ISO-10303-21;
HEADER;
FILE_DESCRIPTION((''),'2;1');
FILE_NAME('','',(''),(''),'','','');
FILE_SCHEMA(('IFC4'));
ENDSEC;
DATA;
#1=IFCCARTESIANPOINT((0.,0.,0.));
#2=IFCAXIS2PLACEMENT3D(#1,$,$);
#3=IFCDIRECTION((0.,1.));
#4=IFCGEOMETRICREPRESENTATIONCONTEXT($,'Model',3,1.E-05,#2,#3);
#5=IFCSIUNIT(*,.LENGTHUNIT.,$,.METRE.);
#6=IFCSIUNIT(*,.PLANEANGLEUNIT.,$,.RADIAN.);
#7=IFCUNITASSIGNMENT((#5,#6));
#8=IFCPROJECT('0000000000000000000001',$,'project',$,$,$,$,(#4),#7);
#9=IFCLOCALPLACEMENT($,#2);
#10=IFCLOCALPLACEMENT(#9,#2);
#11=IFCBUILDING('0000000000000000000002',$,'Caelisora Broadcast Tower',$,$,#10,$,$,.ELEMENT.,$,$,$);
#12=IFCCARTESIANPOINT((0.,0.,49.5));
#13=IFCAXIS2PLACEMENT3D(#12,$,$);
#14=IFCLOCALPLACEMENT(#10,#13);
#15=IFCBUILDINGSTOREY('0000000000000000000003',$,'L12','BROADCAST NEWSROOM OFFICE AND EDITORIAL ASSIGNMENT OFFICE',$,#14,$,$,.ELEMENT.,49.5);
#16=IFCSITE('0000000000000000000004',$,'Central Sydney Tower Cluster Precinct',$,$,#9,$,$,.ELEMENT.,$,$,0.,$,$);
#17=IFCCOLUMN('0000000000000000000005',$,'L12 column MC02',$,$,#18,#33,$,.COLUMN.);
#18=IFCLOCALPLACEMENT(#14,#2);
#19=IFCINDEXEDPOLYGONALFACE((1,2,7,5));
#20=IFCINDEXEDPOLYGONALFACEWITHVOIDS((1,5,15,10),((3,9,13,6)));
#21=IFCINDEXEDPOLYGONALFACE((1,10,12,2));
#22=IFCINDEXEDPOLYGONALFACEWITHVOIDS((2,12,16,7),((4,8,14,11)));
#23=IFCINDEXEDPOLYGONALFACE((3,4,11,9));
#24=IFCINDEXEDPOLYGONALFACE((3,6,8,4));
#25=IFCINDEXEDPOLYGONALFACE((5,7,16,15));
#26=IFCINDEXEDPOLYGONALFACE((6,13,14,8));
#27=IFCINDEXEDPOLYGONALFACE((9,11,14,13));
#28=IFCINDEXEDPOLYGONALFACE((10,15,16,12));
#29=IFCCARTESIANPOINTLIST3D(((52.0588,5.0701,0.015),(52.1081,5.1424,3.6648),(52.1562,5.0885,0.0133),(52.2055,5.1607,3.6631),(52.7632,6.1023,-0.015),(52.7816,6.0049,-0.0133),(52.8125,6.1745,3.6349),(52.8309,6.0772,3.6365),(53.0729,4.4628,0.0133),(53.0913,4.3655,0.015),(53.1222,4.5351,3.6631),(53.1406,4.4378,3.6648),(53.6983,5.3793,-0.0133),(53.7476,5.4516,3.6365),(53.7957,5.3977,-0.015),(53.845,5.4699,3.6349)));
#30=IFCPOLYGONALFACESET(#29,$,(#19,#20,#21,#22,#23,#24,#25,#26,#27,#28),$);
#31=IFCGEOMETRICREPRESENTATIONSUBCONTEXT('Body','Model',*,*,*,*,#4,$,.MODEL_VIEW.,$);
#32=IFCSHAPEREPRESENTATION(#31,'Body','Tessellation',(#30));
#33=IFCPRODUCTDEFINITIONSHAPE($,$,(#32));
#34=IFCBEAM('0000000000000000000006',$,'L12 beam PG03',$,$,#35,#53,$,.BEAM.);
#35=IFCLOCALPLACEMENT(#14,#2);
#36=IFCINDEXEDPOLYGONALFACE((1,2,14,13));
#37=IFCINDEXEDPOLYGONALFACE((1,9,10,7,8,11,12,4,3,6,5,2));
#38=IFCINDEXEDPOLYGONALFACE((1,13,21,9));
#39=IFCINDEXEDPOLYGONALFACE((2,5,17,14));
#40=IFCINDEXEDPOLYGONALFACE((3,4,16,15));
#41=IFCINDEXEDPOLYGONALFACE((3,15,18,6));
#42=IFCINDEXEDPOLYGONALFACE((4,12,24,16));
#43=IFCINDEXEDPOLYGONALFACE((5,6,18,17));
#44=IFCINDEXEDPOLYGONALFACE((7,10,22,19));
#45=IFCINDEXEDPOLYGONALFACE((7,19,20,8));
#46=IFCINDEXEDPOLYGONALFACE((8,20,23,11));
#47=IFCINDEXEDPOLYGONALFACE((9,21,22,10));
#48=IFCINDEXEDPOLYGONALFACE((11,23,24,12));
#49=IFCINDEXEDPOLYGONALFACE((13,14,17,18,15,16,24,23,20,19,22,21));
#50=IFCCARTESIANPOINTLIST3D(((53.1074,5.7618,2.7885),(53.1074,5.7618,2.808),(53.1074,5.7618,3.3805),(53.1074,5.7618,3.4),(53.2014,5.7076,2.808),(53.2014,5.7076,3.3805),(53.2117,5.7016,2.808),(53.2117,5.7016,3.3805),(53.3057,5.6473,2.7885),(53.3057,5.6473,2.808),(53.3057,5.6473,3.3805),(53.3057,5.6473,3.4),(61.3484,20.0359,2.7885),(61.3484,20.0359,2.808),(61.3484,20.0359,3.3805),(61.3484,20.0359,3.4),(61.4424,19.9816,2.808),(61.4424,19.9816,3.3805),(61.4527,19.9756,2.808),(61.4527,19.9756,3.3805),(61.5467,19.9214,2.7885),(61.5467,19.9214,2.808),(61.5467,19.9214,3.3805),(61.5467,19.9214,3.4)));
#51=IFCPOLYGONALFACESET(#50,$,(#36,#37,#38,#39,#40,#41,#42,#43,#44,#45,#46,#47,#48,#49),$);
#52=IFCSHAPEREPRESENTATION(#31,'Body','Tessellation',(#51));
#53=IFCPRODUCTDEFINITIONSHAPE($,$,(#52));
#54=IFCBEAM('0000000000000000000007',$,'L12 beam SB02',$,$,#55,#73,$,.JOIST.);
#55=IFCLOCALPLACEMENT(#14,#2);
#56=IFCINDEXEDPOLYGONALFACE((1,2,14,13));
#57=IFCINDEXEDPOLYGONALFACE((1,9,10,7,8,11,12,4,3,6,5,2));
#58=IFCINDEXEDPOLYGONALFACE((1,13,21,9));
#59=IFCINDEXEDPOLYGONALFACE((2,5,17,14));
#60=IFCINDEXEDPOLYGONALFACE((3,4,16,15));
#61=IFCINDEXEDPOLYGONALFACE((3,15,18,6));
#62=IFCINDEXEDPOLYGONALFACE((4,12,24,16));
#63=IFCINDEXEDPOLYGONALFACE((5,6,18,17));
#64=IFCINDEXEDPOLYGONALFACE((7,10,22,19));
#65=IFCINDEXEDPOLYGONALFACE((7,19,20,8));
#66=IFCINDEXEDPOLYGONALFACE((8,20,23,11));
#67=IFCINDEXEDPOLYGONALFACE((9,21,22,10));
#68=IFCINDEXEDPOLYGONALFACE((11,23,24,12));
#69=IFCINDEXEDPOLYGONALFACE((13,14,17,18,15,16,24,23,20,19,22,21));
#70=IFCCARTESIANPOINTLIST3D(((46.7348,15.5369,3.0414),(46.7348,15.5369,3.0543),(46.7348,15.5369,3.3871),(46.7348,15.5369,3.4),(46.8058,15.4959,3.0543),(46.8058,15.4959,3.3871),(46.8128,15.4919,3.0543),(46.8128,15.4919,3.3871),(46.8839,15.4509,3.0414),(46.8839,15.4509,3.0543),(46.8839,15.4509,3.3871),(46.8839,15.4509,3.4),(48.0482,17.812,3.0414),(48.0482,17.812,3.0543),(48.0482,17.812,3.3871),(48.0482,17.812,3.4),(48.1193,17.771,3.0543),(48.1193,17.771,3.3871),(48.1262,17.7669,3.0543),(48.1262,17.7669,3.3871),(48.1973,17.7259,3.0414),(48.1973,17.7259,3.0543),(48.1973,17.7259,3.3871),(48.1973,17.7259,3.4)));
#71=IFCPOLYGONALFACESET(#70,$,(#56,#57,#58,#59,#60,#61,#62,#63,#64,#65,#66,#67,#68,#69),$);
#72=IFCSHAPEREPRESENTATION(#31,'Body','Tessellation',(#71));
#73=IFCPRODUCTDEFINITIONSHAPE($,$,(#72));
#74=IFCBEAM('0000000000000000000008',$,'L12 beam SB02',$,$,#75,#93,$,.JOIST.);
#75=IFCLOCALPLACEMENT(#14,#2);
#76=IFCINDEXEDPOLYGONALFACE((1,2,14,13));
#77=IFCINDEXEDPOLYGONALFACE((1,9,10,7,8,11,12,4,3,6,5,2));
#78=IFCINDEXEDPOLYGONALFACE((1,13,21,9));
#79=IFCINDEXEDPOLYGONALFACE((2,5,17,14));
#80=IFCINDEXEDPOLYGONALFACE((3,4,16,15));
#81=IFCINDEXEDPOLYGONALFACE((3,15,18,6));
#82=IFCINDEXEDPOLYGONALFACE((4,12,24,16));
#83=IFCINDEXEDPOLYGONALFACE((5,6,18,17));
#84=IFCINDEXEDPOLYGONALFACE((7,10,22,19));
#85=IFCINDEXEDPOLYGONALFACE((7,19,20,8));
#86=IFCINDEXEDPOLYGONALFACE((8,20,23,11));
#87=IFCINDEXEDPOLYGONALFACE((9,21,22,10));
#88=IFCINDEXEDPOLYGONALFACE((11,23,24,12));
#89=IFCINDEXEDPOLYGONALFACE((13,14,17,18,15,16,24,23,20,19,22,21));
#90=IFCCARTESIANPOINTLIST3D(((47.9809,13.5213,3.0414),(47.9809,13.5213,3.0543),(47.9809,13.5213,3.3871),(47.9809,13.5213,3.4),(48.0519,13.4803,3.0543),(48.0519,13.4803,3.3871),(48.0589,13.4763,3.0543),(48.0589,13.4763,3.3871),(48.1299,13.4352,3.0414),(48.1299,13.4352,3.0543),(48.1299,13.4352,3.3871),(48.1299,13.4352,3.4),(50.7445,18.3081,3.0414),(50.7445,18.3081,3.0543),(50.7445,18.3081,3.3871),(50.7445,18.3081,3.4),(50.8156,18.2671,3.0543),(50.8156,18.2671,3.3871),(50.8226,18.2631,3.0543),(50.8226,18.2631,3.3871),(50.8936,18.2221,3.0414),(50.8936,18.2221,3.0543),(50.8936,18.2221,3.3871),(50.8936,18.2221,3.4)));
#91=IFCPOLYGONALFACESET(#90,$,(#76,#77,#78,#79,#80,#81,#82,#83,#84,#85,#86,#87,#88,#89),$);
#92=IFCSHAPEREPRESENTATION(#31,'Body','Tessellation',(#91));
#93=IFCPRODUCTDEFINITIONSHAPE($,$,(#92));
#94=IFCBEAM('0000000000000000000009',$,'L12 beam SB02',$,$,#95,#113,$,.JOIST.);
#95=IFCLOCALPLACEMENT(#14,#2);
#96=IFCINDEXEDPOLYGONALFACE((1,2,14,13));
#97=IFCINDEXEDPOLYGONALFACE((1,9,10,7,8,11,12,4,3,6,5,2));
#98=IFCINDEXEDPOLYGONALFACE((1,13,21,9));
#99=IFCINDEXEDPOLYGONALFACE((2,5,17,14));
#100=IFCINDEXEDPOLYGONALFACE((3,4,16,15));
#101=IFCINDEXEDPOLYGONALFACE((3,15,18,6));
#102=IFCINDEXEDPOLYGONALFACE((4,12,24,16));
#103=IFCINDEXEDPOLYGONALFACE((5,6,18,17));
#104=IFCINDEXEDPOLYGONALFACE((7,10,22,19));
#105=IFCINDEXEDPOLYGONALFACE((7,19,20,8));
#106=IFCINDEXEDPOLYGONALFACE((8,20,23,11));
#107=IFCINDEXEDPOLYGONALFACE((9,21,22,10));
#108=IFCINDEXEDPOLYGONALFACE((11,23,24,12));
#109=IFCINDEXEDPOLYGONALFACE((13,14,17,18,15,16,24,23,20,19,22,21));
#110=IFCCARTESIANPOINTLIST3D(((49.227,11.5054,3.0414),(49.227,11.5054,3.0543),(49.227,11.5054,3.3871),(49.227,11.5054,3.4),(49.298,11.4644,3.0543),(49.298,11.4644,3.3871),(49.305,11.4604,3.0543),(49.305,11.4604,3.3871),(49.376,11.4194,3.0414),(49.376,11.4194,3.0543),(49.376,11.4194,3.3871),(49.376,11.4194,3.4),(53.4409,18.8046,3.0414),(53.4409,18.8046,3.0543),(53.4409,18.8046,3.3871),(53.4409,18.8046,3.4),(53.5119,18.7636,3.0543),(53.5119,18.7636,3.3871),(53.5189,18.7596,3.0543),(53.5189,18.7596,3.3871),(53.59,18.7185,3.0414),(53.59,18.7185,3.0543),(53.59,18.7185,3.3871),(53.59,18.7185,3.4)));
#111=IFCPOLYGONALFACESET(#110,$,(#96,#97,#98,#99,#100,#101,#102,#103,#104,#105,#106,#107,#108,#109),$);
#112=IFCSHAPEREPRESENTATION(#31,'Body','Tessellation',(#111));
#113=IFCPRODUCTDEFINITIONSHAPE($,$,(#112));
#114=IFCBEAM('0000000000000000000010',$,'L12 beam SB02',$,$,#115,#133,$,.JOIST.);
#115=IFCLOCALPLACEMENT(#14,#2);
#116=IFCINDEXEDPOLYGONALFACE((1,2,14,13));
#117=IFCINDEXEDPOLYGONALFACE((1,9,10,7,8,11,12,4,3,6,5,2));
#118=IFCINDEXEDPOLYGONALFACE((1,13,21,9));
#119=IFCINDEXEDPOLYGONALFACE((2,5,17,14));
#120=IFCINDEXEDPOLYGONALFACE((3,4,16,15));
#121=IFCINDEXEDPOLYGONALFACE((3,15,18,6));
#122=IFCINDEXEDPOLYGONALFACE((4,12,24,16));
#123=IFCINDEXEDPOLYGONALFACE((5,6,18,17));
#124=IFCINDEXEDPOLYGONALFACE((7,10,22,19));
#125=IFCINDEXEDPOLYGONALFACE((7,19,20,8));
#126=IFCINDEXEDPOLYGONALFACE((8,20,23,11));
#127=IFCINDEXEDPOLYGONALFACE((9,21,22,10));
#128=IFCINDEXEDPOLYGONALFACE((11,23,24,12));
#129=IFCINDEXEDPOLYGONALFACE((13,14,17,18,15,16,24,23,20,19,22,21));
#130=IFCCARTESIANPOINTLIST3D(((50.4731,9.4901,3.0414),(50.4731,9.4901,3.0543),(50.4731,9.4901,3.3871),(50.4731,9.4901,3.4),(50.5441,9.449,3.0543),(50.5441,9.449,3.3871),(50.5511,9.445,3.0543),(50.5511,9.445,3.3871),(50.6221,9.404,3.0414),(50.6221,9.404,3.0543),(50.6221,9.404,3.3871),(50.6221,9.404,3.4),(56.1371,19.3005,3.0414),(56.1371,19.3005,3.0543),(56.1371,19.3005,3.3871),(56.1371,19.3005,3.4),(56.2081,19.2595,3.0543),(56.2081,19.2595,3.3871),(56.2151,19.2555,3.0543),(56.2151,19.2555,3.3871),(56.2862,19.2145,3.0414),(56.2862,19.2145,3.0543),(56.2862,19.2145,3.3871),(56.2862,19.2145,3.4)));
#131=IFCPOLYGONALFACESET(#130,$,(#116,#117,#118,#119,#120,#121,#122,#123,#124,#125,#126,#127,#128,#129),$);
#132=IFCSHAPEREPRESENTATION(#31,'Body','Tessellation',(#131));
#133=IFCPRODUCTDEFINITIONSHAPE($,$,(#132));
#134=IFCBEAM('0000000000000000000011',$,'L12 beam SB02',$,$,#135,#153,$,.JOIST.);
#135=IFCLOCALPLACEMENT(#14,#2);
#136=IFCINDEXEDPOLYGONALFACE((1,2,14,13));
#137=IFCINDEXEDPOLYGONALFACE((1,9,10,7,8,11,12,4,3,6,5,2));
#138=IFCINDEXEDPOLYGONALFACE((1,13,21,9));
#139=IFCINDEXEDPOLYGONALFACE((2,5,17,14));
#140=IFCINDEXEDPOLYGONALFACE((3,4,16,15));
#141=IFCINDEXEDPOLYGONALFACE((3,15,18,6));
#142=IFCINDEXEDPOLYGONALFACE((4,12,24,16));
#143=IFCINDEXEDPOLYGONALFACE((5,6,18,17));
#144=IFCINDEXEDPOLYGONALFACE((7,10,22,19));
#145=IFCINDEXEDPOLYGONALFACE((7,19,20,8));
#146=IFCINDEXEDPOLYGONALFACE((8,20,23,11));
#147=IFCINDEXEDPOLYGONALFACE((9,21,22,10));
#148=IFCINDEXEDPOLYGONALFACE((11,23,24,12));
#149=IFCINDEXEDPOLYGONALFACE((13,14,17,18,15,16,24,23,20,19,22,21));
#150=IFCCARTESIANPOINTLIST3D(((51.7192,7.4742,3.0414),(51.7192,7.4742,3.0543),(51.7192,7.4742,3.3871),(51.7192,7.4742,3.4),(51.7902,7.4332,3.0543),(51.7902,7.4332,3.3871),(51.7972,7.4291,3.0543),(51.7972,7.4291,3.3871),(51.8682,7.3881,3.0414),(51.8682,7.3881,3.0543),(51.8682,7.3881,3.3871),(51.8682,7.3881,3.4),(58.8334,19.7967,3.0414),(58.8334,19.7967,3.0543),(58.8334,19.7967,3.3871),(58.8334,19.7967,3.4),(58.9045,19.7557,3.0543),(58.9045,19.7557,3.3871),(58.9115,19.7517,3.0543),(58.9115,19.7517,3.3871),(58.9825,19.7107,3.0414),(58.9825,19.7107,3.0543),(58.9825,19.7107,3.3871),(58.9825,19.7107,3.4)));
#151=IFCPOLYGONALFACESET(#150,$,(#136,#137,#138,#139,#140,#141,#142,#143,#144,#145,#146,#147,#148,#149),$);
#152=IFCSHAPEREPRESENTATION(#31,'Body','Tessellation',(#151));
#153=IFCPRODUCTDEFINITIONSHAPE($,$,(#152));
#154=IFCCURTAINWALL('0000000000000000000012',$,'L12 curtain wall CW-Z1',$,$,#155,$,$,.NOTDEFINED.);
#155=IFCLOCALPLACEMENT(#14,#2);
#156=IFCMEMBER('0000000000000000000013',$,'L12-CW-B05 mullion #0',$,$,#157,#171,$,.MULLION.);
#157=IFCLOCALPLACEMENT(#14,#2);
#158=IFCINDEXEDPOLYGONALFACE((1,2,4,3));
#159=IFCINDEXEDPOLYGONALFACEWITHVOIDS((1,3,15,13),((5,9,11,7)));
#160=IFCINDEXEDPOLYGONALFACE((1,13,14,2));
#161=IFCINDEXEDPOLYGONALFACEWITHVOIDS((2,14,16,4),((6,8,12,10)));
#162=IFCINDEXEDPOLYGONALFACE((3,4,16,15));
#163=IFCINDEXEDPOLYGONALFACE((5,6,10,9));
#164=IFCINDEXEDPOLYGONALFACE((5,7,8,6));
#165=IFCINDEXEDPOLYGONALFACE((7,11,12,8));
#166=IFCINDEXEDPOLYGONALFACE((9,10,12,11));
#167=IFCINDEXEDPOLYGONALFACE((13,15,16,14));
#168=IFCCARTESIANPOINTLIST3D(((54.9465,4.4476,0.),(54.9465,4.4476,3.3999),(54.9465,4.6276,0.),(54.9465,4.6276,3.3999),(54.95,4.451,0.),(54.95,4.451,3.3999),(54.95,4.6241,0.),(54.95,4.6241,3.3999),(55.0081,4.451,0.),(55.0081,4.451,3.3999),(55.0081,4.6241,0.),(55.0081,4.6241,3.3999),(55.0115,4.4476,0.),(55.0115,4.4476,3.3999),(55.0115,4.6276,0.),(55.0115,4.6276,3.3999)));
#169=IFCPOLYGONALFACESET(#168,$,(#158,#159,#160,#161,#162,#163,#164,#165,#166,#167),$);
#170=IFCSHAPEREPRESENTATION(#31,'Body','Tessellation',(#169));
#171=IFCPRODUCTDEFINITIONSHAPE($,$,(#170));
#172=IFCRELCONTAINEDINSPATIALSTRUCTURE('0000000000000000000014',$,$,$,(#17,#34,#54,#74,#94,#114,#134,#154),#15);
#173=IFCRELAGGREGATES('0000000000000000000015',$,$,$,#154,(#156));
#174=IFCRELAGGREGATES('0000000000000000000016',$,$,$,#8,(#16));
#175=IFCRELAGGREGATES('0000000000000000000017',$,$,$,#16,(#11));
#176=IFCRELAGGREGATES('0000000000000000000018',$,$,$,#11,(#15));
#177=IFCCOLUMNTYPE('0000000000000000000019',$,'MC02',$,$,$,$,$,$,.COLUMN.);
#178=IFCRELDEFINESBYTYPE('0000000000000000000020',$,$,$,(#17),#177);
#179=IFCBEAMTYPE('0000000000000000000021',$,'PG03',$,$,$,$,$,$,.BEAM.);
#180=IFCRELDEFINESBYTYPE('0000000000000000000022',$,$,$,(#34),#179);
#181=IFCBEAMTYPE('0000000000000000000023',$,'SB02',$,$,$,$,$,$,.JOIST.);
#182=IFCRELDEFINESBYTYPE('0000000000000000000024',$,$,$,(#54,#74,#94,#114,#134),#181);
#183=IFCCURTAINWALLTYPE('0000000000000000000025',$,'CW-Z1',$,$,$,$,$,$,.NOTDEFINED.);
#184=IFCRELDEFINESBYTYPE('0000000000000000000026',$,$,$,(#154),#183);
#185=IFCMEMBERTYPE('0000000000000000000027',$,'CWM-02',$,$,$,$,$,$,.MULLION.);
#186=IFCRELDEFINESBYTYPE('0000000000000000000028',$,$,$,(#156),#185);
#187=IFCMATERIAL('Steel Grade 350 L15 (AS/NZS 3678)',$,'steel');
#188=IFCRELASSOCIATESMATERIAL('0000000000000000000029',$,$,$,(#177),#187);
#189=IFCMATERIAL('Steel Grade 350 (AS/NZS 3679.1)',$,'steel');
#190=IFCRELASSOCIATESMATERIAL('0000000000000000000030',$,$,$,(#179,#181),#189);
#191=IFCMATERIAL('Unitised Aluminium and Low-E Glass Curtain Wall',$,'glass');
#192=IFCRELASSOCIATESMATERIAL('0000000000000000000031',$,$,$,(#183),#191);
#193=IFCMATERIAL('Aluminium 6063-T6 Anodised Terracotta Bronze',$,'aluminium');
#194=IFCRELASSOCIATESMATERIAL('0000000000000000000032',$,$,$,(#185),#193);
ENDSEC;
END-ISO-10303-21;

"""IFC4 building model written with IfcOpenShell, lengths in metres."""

from ifc_helpers import new_model, si_unit, direction, frame, origin, origin_2d, place, context, subcontext, project, spatial, hollow_rectangle, i_section, extrude, source, transform, mapped, material, material_profile, profile_set, type_object, type_shapes, element, aggregate, save


model = new_model("IFC4")

# Units and contexts
model_context = context("Model", 3, precision=1e-05, world=origin(), true_north=direction((0.0, 1.0)))
body_context = subcontext(model_context, "Body", "Model", "MODEL_VIEW")
ifc_project = project(units=[si_unit("LENGTHUNIT", "METRE"), si_unit("PLANEANGLEUNIT", "RADIAN")], contexts=[model_context])

# Site, building, storey
site_placement = place(None, origin())
site = spatial("IfcSite", under=ifc_project, at=site_placement, Name="Central Sydney Tower Cluster Precinct", CompositionType="ELEMENT", RefElevation=0.0)
building_placement = place(site_placement, origin())
building = spatial("IfcBuilding", under=site, at=building_placement, Name="Caelisora Broadcast Tower", CompositionType="ELEMENT")
storey_placement = place(building_placement, frame((0.0, 0.0, 49.5)))
storey = spatial("IfcBuildingStorey", under=building, at=storey_placement, Name="L12", Description="BROADCAST NEWSROOM OFFICE AND EDITORIAL ASSIGNMENT OFFICE", CompositionType="ELEMENT", Elevation=49.5)

# Column
ifc_material_1 = material(Name="Steel Grade 350 L15 (AS/NZS 3678)", Category="steel")
ifc_material_profile_1 = material_profile(ifc_material_1, hollow_rectangle(XDim=1.25, YDim=1.25, WallThickness=0.0701, at=origin_2d()), Name="Steel Grade 350 L15 (AS/NZS 3678)")
ifc_profile_set_1 = profile_set([ifc_material_profile_1], Name="Steel Grade 350 L15 (AS/NZS 3678)")
column_type = type_object("IfcColumnType", Name="MC02", PredefinedType="COLUMN", material=ifc_profile_set_1)
shared_shape_1 = source(origin(), body_context, "Body", "SweptSolid", [
    extrude(hollow_rectangle(XDim=1.25, YDim=1.25, WallThickness=0.0701, at=origin_2d()), origin(), (0.0, 0.0, 1.0), 3.6509),
])
type_shapes(column_type, [shared_shape_1])
column_placement = place(storey_placement, frame((52.9272, 5.2339, 0.0), z_axis=(0.013508, 0.019794, 0.999713), x_axis=(-0.825991, 0.563683, 0.0)))
element("IfcColumn", 1, at=column_placement, inside=storey, type_object=column_type, Name="L12 column MC02", PredefinedType="COLUMN", context=body_context, shape_type="MappedRepresentation", body=[
    mapped(shared_shape_1, transform((0.0, 0.0, 0.0), scale=1.0)),
])

# Beams
ifc_material_2 = material(Name="Steel Grade 350 (AS/NZS 3679.1)", Category="steel")
ifc_material_profile_2 = material_profile(ifc_material_2, i_section(OverallWidth=0.229, OverallDepth=0.6116, WebThickness=0.012, FlangeThickness=0.0195, at=origin_2d()), Name="Steel Grade 350 (AS/NZS 3679.1)")
ifc_profile_set_2 = profile_set([ifc_material_profile_2], Name="Steel Grade 350 (AS/NZS 3679.1)")
beam_type_1 = type_object("IfcBeamType", Name="PG03", PredefinedType="BEAM", material=ifc_profile_set_2)
shared_shape_2 = source(origin(), body_context, "Body", "SweptSolid", [
    extrude(i_section(OverallWidth=0.229, OverallDepth=0.6116, WebThickness=0.012, FlangeThickness=0.0195, at=origin_2d()), origin(), (0.0, 0.0, 1.0), 16.4822),
])
type_shapes(beam_type_1, [shared_shape_2])
beam_1_placement = place(storey_placement, frame((53.2065, 5.7046, 3.0942), z_axis=(0.499996, 0.866028, 0.0), x_axis=(-0.866028, 0.499996, 0.0)))
element("IfcBeam", 2, at=beam_1_placement, inside=storey, type_object=beam_type_1, Name="L12 beam PG03", PredefinedType="BEAM", context=body_context, shape_type="MappedRepresentation", body=[
    mapped(shared_shape_2, transform((0.0, 0.0, 0.0), scale=1.0)),
])
ifc_material_profile_3 = material_profile(ifc_material_2, i_section(OverallWidth=0.1721, OverallDepth=0.3586, WebThickness=0.0081, FlangeThickness=0.0129, at=origin_2d()), Name="Steel Grade 350 (AS/NZS 3679.1)")
ifc_profile_set_3 = profile_set([ifc_material_profile_3], Name="Steel Grade 350 (AS/NZS 3679.1)")
beam_type_2 = type_object("IfcBeamType", Name="SB02", PredefinedType="JOIST", material=ifc_profile_set_3)
shared_shape_3 = source(origin(), body_context, "Body", "SweptSolid", [
    extrude(i_section(OverallWidth=0.1721, OverallDepth=0.3586, WebThickness=0.0081, FlangeThickness=0.0129, at=origin_2d()), origin(), (0.0, 0.0, 1.0), 2.627),
])
beam_2_placement = place(storey_placement, frame((46.8093, 15.4939, 3.2207), z_axis=(0.499977, 0.866039, 0.0), x_axis=(-0.866039, 0.499977, 0.0)))
element("IfcBeam", 3, at=beam_2_placement, inside=storey, type_object=beam_type_2, Name="L12 beam SB02", PredefinedType="JOIST", context=body_context, shape_type="MappedRepresentation", body=[
    mapped(shared_shape_3, transform((0.0, 0.0, 0.0), scale=1.0)),
])
shared_shape_4 = source(origin(), body_context, "Body", "SweptSolid", [
    extrude(i_section(OverallWidth=0.1721, OverallDepth=0.3586, WebThickness=0.0081, FlangeThickness=0.0129, at=origin_2d()), origin(), (0.0, 0.0, 1.0), 5.5273),
])
beam_3_placement = place(storey_placement, frame((48.0554, 13.4783, 3.2207), z_axis=(0.499996, 0.866027, 0.0), x_axis=(-0.866027, 0.499996, 0.0)))
element("IfcBeam", 4, at=beam_3_placement, inside=storey, type_object=beam_type_2, Name="L12 beam SB02", PredefinedType="JOIST", context=body_context, shape_type="MappedRepresentation", body=[
    mapped(shared_shape_4, transform((0.0, 0.0, 0.0), scale=1.0)),
])
shared_shape_5 = source(origin(), body_context, "Body", "SweptSolid", [
    extrude(i_section(OverallWidth=0.1721, OverallDepth=0.3586, WebThickness=0.0081, FlangeThickness=0.0129, at=origin_2d()), origin(), (0.0, 0.0, 1.0), 8.4282),
])
beam_4_placement = place(storey_placement, frame((49.3015, 11.4624, 3.2207), z_axis=(0.499977, 0.866038, 0.0), x_axis=(-0.866038, 0.499977, 0.0)))
element("IfcBeam", 5, at=beam_4_placement, inside=storey, type_object=beam_type_2, Name="L12 beam SB02", PredefinedType="JOIST", context=body_context, shape_type="MappedRepresentation", body=[
    mapped(shared_shape_5, transform((0.0, 0.0, 0.0), scale=1.0)),
])
shared_shape_6 = source(origin(), body_context, "Body", "SweptSolid", [
    extrude(i_section(OverallWidth=0.1721, OverallDepth=0.3586, WebThickness=0.0081, FlangeThickness=0.0129, at=origin_2d()), origin(), (0.0, 0.0, 1.0), 11.3281),
])
beam_5_placement = place(storey_placement, frame((50.5476, 9.447, 3.2207), z_axis=(0.499996, 0.866028, 0.0), x_axis=(-0.866028, 0.499996, 0.0)))
element("IfcBeam", 6, at=beam_5_placement, inside=storey, type_object=beam_type_2, Name="L12 beam SB02", PredefinedType="JOIST", context=body_context, shape_type="MappedRepresentation", body=[
    mapped(shared_shape_6, transform((0.0, 0.0, 0.0), scale=1.0)),
])
shared_shape_7 = source(origin(), body_context, "Body", "SweptSolid", [
    extrude(i_section(OverallWidth=0.1721, OverallDepth=0.3586, WebThickness=0.0081, FlangeThickness=0.0129, at=origin_2d()), origin(), (0.0, 0.0, 1.0), 14.2288),
])
type_shapes(beam_type_2, [shared_shape_3, shared_shape_4, shared_shape_5, shared_shape_6, shared_shape_7])
beam_6_placement = place(storey_placement, frame((51.7937, 7.4312, 3.2207), z_axis=(0.499992, 0.86603, 0.0), x_axis=(-0.86603, 0.499992, 0.0)))
element("IfcBeam", 7, at=beam_6_placement, inside=storey, type_object=beam_type_2, Name="L12 beam SB02", PredefinedType="JOIST", context=body_context, shape_type="MappedRepresentation", body=[
    mapped(shared_shape_7, transform((0.0, 0.0, 0.0), scale=1.0)),
])

# Curtain wall, member
ifc_material_3 = material(Name="Unitised Aluminium and Low-E Glass Curtain Wall", Category="glass")
curtain_wall_type = type_object("IfcCurtainWallType", Name="CW-Z1", PredefinedType="NOTDEFINED", material=ifc_material_3)
curtain_wall_placement = place(storey_placement, origin())
curtain_wall = element("IfcCurtainWall", 8, at=curtain_wall_placement, inside=storey, type_object=curtain_wall_type, Name="L12 curtain wall CW-Z1", PredefinedType="NOTDEFINED")
ifc_material_4 = material(Name="Aluminium 6063-T6 Anodised Terracotta Bronze", Category="aluminium")
ifc_material_profile_4 = material_profile(ifc_material_4, hollow_rectangle(XDim=0.0649, YDim=0.1799, WallThickness=0.0034, at=origin_2d()), Name="Aluminium 6063-T6 Anodised Terracotta Bronze")
ifc_profile_set_4 = profile_set([ifc_material_profile_4], Name="Aluminium 6063-T6 Anodised Terracotta Bronze")
member_type_1 = type_object("IfcMemberType", Name="CWM-02", PredefinedType="MULLION", material=ifc_profile_set_4)
shared_shape_8 = source(origin(), body_context, "Body", "SweptSolid", [
    extrude(hollow_rectangle(XDim=0.0649, YDim=0.1799, WallThickness=0.0034, at=origin_2d()), origin(), (0.0, 0.0, 1.0), 3.3999),
])
type_shapes(member_type_1, [shared_shape_8])
member_1_placement = place(storey_placement, frame((54.979, 4.5376, 0.0), z_axis=(0.0, 0.0, 1.0), x_axis=(1.0, 0.0, 0.0)))
member_1 = element("IfcMember", 9, at=member_1_placement, type_object=member_type_1, Name="L12-CW-B05 mullion #0", PredefinedType="MULLION", context=body_context, shape_type="MappedRepresentation", body=[
    mapped(shared_shape_8, transform((0.0, 0.0, 0.0), scale=1.0)),
])
aggregate(curtain_wall, [member_1])

save(model, "model.ifc")
